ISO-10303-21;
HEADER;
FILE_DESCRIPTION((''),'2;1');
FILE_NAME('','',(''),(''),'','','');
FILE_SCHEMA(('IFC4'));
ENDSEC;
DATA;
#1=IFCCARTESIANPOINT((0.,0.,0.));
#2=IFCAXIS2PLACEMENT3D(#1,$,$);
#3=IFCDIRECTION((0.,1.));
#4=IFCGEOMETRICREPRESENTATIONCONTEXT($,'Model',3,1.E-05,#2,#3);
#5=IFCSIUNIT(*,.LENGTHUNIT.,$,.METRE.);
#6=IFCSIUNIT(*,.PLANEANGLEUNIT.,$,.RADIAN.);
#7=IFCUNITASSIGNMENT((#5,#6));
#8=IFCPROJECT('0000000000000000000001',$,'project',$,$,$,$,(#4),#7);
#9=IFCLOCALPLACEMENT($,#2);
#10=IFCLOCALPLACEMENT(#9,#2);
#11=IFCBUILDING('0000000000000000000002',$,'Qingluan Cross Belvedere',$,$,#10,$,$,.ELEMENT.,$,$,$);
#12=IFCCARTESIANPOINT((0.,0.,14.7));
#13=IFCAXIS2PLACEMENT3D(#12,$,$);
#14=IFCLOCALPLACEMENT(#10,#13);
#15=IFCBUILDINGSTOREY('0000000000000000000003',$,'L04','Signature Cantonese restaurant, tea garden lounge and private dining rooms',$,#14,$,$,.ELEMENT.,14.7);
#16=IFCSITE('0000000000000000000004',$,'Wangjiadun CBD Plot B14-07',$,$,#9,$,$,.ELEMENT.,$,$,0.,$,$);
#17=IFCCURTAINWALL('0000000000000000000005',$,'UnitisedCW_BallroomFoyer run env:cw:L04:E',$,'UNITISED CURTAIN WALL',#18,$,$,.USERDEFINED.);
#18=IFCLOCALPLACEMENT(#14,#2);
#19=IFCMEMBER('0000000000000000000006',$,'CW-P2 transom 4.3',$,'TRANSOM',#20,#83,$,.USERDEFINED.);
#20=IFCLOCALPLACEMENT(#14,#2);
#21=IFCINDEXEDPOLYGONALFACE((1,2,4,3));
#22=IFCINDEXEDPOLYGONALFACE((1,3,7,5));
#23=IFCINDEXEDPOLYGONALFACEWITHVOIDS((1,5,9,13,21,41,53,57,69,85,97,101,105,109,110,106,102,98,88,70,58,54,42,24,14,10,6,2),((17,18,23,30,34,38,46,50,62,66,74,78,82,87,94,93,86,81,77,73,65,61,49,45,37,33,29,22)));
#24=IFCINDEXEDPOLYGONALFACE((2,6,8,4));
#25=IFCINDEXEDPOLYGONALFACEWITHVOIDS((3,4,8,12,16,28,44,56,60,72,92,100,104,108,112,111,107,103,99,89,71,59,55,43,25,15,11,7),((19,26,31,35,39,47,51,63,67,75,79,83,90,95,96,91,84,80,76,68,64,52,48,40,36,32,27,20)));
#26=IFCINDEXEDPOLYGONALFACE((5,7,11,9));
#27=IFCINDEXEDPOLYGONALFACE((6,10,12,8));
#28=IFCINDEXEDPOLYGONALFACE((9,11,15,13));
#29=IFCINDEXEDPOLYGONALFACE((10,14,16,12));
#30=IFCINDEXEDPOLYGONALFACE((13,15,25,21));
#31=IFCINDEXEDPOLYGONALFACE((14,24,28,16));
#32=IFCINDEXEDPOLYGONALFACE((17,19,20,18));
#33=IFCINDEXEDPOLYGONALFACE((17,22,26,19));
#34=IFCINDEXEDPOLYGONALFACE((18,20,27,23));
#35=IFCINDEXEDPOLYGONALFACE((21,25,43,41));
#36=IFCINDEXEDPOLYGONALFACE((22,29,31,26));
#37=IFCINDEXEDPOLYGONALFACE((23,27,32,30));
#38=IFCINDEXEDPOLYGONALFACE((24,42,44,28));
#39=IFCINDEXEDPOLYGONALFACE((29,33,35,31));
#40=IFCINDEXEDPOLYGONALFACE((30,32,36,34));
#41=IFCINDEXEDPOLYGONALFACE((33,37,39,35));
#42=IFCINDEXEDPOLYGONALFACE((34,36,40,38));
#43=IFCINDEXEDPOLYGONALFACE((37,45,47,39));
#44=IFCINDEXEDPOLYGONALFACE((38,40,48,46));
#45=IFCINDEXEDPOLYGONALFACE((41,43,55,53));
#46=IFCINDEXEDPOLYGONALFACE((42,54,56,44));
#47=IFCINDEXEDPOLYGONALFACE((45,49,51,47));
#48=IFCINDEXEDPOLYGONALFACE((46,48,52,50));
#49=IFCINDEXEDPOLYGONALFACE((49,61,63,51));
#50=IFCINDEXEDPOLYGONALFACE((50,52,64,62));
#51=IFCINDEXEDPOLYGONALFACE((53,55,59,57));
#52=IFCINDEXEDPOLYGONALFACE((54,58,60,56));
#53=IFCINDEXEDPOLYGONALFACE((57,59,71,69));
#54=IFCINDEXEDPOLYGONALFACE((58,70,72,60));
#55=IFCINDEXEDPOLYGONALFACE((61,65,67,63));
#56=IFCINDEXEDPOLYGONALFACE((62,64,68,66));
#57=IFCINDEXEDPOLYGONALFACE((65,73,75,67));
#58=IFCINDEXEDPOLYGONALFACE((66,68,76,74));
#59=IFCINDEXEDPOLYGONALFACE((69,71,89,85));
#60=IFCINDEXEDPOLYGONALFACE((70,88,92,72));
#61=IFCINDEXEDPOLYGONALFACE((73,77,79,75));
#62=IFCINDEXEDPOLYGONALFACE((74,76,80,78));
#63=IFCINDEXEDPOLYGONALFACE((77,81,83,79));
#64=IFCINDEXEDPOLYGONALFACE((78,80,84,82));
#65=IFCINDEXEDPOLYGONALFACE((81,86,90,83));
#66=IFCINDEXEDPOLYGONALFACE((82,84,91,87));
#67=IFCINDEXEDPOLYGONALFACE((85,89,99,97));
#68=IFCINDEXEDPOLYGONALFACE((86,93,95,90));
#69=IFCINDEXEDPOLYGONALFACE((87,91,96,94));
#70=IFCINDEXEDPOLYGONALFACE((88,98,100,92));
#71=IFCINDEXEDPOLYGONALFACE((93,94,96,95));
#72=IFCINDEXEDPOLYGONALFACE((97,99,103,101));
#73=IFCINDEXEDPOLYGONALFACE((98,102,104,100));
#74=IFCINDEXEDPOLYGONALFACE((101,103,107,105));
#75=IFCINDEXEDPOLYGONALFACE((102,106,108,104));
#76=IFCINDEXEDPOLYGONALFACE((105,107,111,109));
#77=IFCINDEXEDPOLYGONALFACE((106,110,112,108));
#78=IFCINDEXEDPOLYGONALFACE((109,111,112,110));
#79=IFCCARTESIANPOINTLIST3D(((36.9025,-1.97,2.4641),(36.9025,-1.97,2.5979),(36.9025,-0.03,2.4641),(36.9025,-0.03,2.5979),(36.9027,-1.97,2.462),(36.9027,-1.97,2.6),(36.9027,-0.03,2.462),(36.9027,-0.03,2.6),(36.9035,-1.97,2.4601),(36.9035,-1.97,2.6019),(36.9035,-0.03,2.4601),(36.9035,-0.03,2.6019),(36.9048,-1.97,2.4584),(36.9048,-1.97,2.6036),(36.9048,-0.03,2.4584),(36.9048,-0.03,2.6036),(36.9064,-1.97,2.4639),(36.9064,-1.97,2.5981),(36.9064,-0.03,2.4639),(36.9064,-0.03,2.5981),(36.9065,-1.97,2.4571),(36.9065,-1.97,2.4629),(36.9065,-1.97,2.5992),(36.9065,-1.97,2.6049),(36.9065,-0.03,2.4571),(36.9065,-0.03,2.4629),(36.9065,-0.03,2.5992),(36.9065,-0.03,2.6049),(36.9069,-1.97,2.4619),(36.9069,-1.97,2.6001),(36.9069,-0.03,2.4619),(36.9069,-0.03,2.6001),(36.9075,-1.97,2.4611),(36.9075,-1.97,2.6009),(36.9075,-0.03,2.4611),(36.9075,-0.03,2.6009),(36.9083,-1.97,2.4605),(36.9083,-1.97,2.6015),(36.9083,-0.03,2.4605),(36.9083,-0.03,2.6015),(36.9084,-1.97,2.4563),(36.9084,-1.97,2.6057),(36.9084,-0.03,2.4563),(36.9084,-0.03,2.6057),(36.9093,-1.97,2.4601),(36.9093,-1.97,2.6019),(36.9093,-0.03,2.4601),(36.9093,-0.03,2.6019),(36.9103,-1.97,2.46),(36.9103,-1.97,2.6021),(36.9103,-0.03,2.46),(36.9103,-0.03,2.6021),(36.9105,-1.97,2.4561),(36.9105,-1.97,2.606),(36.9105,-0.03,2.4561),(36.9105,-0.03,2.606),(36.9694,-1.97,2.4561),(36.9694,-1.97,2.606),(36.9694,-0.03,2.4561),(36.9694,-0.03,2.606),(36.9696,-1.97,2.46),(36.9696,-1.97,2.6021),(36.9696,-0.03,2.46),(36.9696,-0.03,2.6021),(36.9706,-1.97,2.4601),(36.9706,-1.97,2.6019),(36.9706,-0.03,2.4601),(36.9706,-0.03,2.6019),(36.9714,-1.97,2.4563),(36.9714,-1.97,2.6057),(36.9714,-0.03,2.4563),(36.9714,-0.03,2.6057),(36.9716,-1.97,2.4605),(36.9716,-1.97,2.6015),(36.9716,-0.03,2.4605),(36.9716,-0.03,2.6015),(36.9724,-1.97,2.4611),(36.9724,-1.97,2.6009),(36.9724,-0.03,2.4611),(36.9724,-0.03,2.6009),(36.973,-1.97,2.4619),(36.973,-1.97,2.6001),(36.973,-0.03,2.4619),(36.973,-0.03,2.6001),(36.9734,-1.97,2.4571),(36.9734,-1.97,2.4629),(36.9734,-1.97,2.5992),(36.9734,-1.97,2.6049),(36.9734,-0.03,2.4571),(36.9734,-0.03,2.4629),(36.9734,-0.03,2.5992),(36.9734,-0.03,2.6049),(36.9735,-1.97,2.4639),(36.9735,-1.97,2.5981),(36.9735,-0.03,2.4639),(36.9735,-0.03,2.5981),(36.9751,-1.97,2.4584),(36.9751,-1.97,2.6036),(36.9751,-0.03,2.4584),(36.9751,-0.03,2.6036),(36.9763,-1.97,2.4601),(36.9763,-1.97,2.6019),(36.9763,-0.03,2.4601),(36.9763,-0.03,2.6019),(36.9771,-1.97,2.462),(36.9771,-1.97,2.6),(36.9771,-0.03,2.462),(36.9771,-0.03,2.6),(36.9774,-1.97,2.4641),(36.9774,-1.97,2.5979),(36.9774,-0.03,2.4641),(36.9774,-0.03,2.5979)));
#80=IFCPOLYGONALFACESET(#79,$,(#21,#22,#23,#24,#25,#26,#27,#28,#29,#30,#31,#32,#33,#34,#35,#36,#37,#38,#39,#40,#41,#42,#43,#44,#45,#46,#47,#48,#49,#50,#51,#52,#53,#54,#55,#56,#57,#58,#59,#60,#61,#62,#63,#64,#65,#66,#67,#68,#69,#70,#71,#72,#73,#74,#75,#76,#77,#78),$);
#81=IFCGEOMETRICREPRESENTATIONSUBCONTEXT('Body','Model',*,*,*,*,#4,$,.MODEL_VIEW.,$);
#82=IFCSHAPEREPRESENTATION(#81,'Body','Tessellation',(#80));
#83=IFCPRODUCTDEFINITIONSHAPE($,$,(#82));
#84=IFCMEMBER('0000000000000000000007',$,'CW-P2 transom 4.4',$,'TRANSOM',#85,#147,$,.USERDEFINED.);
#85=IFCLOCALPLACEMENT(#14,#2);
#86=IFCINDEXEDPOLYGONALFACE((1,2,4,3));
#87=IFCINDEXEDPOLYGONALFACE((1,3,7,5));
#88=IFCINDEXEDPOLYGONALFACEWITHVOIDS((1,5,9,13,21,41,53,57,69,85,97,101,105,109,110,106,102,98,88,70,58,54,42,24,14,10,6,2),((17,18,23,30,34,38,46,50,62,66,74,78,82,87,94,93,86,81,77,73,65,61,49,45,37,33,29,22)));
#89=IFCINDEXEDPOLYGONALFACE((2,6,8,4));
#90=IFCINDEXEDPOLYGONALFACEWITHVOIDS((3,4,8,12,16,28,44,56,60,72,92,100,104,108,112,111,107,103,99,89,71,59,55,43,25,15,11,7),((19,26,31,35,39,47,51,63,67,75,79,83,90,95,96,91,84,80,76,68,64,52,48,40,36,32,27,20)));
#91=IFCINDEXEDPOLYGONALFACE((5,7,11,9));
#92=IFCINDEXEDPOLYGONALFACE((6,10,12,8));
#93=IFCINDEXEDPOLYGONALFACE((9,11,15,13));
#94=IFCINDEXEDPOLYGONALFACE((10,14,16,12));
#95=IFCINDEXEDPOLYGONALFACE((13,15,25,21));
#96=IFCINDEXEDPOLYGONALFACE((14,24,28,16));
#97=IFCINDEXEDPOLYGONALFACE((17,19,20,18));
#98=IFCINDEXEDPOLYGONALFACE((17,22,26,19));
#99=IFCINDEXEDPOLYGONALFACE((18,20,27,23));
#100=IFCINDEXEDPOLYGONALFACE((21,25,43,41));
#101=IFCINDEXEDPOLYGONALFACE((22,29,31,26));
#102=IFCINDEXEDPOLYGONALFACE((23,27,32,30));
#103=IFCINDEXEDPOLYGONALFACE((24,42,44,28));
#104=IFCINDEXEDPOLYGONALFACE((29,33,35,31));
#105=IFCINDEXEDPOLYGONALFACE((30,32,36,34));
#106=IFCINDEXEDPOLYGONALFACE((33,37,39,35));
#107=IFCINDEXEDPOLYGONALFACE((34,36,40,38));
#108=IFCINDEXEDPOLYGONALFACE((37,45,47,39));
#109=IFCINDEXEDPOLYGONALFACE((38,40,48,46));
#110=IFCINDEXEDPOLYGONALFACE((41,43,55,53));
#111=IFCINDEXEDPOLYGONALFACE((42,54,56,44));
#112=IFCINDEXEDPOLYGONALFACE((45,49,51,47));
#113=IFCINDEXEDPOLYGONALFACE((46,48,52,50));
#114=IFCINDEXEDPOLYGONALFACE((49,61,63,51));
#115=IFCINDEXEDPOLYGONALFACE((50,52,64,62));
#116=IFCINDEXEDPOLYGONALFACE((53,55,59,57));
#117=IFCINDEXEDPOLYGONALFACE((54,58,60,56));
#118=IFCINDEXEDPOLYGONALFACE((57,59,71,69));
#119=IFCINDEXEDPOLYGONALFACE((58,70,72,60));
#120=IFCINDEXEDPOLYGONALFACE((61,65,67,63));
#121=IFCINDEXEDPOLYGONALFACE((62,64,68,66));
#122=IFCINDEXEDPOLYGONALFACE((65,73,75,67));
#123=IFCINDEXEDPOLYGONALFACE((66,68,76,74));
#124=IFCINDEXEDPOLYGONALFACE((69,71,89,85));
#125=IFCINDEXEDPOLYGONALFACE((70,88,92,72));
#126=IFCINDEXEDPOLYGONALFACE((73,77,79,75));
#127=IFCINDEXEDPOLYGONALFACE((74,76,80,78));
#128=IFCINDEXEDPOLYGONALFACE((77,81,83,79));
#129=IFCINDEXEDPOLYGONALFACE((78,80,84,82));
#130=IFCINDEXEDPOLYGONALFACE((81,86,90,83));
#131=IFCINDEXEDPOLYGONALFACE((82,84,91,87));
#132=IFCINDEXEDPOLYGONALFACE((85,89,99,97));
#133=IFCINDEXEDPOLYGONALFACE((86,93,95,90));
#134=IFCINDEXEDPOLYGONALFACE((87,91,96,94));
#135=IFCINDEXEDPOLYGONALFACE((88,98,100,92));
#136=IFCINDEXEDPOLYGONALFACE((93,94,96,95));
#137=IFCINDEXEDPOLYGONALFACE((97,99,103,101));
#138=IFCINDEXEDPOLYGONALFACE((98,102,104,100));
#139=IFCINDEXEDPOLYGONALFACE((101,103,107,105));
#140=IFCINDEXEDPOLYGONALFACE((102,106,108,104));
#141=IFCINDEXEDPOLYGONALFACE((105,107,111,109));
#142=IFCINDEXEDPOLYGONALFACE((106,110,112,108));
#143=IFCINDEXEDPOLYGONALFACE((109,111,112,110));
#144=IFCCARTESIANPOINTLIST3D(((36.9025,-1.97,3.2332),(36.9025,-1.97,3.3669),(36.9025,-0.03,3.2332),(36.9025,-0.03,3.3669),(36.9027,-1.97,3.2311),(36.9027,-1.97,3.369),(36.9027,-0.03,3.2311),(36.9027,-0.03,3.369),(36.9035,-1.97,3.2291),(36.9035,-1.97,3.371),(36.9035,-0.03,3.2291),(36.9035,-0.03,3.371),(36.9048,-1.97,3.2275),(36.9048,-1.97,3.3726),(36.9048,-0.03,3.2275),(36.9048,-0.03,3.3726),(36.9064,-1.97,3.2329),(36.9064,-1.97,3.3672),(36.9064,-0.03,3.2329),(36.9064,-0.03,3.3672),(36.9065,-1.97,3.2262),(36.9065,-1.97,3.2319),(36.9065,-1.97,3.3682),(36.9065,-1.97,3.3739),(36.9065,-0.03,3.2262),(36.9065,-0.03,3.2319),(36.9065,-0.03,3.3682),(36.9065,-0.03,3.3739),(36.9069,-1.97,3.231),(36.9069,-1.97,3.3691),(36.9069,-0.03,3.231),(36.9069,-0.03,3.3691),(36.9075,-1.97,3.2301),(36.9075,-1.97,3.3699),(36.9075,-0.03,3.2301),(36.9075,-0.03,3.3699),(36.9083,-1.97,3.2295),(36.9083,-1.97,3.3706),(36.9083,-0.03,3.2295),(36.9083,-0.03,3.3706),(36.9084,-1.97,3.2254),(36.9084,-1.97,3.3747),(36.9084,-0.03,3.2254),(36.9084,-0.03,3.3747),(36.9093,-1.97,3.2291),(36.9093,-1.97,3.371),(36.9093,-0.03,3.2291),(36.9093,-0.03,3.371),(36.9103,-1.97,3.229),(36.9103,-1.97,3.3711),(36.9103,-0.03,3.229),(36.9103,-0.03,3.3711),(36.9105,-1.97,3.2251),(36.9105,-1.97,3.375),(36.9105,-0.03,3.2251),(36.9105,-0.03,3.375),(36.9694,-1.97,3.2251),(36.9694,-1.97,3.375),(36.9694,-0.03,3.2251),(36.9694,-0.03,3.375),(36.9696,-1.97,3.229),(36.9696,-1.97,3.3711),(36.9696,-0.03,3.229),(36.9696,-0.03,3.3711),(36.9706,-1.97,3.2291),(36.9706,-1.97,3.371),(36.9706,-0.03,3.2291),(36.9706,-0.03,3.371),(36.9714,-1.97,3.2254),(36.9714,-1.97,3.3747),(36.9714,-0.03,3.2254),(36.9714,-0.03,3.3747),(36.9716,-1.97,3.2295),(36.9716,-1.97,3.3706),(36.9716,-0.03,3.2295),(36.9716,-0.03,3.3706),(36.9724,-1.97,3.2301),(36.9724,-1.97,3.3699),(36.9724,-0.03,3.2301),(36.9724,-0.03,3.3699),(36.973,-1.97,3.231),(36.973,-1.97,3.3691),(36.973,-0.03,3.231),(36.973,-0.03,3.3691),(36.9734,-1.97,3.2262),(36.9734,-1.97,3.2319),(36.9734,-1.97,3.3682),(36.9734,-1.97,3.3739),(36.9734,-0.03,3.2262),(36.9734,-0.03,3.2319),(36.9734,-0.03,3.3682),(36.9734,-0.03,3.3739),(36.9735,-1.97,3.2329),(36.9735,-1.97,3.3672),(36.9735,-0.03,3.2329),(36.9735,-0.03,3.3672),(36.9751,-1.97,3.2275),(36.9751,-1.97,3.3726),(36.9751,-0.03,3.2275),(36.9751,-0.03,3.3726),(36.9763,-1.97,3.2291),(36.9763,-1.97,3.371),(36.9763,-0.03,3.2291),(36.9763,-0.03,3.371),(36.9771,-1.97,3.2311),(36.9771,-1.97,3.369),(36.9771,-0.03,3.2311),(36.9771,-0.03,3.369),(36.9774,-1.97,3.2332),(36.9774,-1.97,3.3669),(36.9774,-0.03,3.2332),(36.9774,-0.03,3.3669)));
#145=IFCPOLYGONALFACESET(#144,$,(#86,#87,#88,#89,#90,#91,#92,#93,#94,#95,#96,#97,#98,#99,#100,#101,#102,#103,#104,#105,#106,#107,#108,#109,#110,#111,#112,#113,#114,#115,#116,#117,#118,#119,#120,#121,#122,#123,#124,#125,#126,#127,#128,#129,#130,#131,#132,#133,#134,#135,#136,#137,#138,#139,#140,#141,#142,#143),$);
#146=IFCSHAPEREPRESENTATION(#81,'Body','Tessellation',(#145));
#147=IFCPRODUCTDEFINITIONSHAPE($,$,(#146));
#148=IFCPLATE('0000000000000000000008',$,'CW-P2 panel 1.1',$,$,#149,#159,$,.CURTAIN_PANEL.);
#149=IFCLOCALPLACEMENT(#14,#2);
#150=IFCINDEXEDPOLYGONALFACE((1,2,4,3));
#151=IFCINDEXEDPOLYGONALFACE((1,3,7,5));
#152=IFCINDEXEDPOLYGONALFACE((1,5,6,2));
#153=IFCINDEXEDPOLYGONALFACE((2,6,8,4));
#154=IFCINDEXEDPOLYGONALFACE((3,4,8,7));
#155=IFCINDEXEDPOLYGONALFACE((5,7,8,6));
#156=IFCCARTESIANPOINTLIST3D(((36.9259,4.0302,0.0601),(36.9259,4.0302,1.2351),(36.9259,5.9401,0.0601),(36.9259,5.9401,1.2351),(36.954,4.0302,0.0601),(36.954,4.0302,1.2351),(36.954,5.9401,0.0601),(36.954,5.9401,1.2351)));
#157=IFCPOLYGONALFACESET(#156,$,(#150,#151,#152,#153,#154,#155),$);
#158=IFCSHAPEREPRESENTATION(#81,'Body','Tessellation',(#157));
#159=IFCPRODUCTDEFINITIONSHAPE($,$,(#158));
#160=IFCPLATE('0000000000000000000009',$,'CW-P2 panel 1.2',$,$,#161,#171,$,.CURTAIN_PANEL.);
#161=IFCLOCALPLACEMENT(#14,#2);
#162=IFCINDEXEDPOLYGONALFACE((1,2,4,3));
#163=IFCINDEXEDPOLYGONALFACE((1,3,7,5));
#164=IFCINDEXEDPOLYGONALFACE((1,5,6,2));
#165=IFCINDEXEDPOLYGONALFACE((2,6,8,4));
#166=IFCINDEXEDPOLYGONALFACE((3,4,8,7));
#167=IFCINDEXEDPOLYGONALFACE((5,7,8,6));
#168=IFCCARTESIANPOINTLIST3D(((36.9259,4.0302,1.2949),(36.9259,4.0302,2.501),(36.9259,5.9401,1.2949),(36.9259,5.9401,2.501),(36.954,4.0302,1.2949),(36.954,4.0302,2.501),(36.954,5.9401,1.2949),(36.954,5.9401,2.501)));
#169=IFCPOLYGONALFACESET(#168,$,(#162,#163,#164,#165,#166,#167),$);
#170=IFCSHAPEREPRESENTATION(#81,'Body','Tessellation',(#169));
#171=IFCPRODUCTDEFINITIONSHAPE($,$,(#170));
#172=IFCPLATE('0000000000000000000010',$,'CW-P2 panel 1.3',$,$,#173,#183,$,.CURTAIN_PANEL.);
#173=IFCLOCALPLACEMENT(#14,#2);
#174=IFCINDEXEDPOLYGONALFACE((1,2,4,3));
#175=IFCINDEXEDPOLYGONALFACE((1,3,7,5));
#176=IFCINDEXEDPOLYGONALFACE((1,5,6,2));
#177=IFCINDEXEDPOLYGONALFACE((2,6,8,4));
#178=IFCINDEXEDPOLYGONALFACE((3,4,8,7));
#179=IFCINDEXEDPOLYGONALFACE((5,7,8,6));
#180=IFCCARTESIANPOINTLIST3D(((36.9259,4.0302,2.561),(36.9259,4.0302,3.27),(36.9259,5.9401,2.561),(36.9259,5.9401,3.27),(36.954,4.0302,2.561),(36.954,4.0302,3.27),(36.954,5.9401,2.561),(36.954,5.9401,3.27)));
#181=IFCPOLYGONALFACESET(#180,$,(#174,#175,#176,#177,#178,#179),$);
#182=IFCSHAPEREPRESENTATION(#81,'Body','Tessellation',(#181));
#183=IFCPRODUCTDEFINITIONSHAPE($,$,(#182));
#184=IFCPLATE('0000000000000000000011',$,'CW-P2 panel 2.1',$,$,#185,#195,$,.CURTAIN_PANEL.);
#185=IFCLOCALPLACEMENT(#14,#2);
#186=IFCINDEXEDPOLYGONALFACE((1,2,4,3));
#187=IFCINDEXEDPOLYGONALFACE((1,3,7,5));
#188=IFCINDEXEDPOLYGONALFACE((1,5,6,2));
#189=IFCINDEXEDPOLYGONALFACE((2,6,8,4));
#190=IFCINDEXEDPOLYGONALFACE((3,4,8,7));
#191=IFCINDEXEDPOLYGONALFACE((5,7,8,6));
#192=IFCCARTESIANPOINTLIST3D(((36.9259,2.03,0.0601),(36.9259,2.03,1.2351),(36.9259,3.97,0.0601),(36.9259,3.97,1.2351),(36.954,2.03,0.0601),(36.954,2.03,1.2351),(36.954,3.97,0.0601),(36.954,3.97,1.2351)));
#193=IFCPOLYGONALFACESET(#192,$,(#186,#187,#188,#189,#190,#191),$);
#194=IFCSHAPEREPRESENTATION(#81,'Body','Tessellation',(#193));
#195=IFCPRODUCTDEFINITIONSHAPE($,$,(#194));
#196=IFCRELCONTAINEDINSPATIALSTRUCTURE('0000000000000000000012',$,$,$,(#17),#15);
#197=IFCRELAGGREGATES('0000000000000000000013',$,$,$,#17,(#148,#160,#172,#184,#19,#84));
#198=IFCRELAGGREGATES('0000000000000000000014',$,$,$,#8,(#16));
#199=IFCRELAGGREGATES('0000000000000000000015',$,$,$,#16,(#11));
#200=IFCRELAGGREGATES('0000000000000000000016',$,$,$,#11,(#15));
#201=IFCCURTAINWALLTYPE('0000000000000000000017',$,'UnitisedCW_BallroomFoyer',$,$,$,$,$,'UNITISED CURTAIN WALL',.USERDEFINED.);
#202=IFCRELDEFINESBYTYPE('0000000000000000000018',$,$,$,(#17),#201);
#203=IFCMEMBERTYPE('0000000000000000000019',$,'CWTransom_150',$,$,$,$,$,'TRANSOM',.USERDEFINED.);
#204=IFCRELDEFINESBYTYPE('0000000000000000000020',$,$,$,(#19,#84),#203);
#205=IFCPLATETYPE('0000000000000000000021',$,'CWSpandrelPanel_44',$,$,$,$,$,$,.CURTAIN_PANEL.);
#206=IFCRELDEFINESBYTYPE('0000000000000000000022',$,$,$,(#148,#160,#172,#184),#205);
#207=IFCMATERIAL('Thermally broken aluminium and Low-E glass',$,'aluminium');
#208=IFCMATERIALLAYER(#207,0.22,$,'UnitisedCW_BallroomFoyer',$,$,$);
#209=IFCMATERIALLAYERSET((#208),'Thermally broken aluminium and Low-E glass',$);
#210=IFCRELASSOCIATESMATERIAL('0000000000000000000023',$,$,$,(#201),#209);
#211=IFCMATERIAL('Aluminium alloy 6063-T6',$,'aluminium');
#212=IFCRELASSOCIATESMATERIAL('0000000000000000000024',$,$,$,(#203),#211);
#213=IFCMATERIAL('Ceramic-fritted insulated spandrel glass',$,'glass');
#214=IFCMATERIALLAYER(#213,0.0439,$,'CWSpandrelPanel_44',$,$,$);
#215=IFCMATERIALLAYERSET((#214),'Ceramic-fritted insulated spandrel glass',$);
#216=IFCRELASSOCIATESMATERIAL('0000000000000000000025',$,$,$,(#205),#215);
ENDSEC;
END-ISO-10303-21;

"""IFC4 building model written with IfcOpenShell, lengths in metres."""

from ifc_helpers import new_model, si_unit, direction, frame, origin, origin_2d, place, context, subcontext, project, spatial, rectangle, hollow_rectangle, extrude, material, layer, layer_set, material_profile, profile_set, type_object, element, aggregate, save


model = new_model("IFC4")

# Units and contexts
model_context = context("Model", 3, precision=1e-05, world=origin(), true_north=direction((0.0, 1.0)))
body_context = subcontext(model_context, "Body", "Model", "MODEL_VIEW")
ifc_project = project(units=[si_unit("LENGTHUNIT", "METRE"), si_unit("PLANEANGLEUNIT", "RADIAN")], contexts=[model_context])

# Site, building, storey
site_placement = place(None, origin())
site = spatial("IfcSite", under=ifc_project, at=site_placement, Name="Wangjiadun CBD Plot B14-07", CompositionType="ELEMENT", RefElevation=0.0)
building_placement = place(site_placement, origin())
building = spatial("IfcBuilding", under=site, at=building_placement, Name="Qingluan Cross Belvedere", CompositionType="ELEMENT")
storey_placement = place(building_placement, frame((0.0, 0.0, 14.7)))
storey = spatial("IfcBuildingStorey", under=building, at=storey_placement, Name="L04", Description="Signature Cantonese restaurant, tea garden lounge and private dining rooms", CompositionType="ELEMENT", Elevation=14.7)

# Curtain wall, members, plates
ifc_material_1 = material(Name="Thermally broken aluminium and Low-E glass", Category="aluminium")
ifc_layer_1 = layer(ifc_material_1, 0.22, Name="UnitisedCW_BallroomFoyer")
ifc_layer_set_1 = layer_set([ifc_layer_1], Name="Thermally broken aluminium and Low-E glass")
curtain_wall_type = type_object("IfcCurtainWallType", Name="UnitisedCW_BallroomFoyer", ElementType="UNITISED CURTAIN WALL", PredefinedType="USERDEFINED", material=ifc_layer_set_1)
curtain_wall_placement = place(storey_placement, origin())
curtain_wall = element("IfcCurtainWall", 1, at=curtain_wall_placement, inside=storey, type_object=curtain_wall_type, Name="UnitisedCW_BallroomFoyer run env:cw:L04:E", ObjectType="UNITISED CURTAIN WALL", PredefinedType="USERDEFINED")
ifc_material_2 = material(Name="Aluminium alloy 6063-T6", Category="aluminium")
ifc_material_profile_1 = material_profile(ifc_material_2, hollow_rectangle(XDim=0.075, YDim=0.1499, WallThickness=0.0039, InnerFilletRadius=0.0039, OuterFilletRadius=0.0081, at=origin_2d()), Name="CWT150x75x4")
ifc_profile_set_1 = profile_set([ifc_material_profile_1], Name="Aluminium alloy 6063-T6")
member_type_1 = type_object("IfcMemberType", Name="CWTransom_150", ElementType="TRANSOM", PredefinedType="USERDEFINED", material=ifc_profile_set_1)
member_1_placement = place(storey_placement, frame((36.9399, -0.03, 2.531), z_axis=(0.0, -1.0, 0.0), x_axis=(1.0, 0.0, 0.0)))
member_1 = element("IfcMember", 2, at=member_1_placement, type_object=member_type_1, Name="CW-P2 transom 4.3", ObjectType="TRANSOM", PredefinedType="USERDEFINED", context=body_context, shape_type="SweptSolid", body=[
    extrude(hollow_rectangle(XDim=0.075, YDim=0.1499, WallThickness=0.0039, InnerFilletRadius=0.0039, OuterFilletRadius=0.0081, at=origin_2d()), origin(), (0.0, 0.0, 1.0), 1.9399),
])
member_2_placement = place(storey_placement, frame((36.9399, -0.03, 3.3), z_axis=(0.0, -1.0, 0.0), x_axis=(1.0, 0.0, 0.0)))
member_2 = element("IfcMember", 3, at=member_2_placement, type_object=member_type_1, Name="CW-P2 transom 4.4", ObjectType="TRANSOM", PredefinedType="USERDEFINED", context=body_context, shape_type="SweptSolid", body=[
    extrude(hollow_rectangle(XDim=0.075, YDim=0.1499, WallThickness=0.0039, InnerFilletRadius=0.0039, OuterFilletRadius=0.0081, at=origin_2d()), origin(), (0.0, 0.0, 1.0), 1.9399),
])
ifc_material_3 = material(Name="Ceramic-fritted insulated spandrel glass", Category="glass")
ifc_layer_2 = layer(ifc_material_3, 0.0439, Name="CWSpandrelPanel_44")
ifc_layer_set_2 = layer_set([ifc_layer_2], Name="Ceramic-fritted insulated spandrel glass")
plate_type = type_object("IfcPlateType", Name="CWSpandrelPanel_44", PredefinedType="CURTAIN_PANEL", material=ifc_layer_set_2)
plate_1_placement = place(storey_placement, frame((36.9399, 4.9851, 0.0601), z_axis=(0.0, 0.0, 1.0), x_axis=(0.0, -1.0, 0.0)))
plate_1 = element("IfcPlate", 4, at=plate_1_placement, type_object=plate_type, Name="CW-P2 panel 1.1", PredefinedType="CURTAIN_PANEL", context=body_context, shape_type="SweptSolid", body=[
    extrude(rectangle(XDim=1.9099, YDim=0.0281, at=origin_2d()), origin(), (0.0, 0.0, 1.0), 1.175),
])
plate_2_placement = place(storey_placement, frame((36.9399, 4.9851, 1.2949), z_axis=(0.0, 0.0, 1.0), x_axis=(0.0, -1.0, 0.0)))
plate_2 = element("IfcPlate", 5, at=plate_2_placement, type_object=plate_type, Name="CW-P2 panel 1.2", PredefinedType="CURTAIN_PANEL", context=body_context, shape_type="SweptSolid", body=[
    extrude(rectangle(XDim=1.9099, YDim=0.0281, at=origin_2d()), origin(), (0.0, 0.0, 1.0), 1.2061),
])
plate_3_placement = place(storey_placement, frame((36.9399, 4.9851, 2.561), z_axis=(0.0, 0.0, 1.0), x_axis=(0.0, -1.0, 0.0)))
plate_3 = element("IfcPlate", 6, at=plate_3_placement, type_object=plate_type, Name="CW-P2 panel 1.3", PredefinedType="CURTAIN_PANEL", context=body_context, shape_type="SweptSolid", body=[
    extrude(rectangle(XDim=1.9099, YDim=0.0281, at=origin_2d()), origin(), (0.0, 0.0, 1.0), 0.709),
])
plate_4_placement = place(storey_placement, frame((36.9399, 3.0, 0.0601), z_axis=(0.0, 0.0, 1.0), x_axis=(0.0, -1.0, 0.0)))
plate_4 = element("IfcPlate", 7, at=plate_4_placement, type_object=plate_type, Name="CW-P2 panel 2.1", PredefinedType="CURTAIN_PANEL", context=body_context, shape_type="SweptSolid", body=[
    extrude(rectangle(XDim=1.9399, YDim=0.0281, at=origin_2d()), origin(), (0.0, 0.0, 1.0), 1.175),
])
aggregate(curtain_wall, [plate_1, plate_2, plate_3, plate_4, member_1, member_2])

save(model, "model.ifc")
